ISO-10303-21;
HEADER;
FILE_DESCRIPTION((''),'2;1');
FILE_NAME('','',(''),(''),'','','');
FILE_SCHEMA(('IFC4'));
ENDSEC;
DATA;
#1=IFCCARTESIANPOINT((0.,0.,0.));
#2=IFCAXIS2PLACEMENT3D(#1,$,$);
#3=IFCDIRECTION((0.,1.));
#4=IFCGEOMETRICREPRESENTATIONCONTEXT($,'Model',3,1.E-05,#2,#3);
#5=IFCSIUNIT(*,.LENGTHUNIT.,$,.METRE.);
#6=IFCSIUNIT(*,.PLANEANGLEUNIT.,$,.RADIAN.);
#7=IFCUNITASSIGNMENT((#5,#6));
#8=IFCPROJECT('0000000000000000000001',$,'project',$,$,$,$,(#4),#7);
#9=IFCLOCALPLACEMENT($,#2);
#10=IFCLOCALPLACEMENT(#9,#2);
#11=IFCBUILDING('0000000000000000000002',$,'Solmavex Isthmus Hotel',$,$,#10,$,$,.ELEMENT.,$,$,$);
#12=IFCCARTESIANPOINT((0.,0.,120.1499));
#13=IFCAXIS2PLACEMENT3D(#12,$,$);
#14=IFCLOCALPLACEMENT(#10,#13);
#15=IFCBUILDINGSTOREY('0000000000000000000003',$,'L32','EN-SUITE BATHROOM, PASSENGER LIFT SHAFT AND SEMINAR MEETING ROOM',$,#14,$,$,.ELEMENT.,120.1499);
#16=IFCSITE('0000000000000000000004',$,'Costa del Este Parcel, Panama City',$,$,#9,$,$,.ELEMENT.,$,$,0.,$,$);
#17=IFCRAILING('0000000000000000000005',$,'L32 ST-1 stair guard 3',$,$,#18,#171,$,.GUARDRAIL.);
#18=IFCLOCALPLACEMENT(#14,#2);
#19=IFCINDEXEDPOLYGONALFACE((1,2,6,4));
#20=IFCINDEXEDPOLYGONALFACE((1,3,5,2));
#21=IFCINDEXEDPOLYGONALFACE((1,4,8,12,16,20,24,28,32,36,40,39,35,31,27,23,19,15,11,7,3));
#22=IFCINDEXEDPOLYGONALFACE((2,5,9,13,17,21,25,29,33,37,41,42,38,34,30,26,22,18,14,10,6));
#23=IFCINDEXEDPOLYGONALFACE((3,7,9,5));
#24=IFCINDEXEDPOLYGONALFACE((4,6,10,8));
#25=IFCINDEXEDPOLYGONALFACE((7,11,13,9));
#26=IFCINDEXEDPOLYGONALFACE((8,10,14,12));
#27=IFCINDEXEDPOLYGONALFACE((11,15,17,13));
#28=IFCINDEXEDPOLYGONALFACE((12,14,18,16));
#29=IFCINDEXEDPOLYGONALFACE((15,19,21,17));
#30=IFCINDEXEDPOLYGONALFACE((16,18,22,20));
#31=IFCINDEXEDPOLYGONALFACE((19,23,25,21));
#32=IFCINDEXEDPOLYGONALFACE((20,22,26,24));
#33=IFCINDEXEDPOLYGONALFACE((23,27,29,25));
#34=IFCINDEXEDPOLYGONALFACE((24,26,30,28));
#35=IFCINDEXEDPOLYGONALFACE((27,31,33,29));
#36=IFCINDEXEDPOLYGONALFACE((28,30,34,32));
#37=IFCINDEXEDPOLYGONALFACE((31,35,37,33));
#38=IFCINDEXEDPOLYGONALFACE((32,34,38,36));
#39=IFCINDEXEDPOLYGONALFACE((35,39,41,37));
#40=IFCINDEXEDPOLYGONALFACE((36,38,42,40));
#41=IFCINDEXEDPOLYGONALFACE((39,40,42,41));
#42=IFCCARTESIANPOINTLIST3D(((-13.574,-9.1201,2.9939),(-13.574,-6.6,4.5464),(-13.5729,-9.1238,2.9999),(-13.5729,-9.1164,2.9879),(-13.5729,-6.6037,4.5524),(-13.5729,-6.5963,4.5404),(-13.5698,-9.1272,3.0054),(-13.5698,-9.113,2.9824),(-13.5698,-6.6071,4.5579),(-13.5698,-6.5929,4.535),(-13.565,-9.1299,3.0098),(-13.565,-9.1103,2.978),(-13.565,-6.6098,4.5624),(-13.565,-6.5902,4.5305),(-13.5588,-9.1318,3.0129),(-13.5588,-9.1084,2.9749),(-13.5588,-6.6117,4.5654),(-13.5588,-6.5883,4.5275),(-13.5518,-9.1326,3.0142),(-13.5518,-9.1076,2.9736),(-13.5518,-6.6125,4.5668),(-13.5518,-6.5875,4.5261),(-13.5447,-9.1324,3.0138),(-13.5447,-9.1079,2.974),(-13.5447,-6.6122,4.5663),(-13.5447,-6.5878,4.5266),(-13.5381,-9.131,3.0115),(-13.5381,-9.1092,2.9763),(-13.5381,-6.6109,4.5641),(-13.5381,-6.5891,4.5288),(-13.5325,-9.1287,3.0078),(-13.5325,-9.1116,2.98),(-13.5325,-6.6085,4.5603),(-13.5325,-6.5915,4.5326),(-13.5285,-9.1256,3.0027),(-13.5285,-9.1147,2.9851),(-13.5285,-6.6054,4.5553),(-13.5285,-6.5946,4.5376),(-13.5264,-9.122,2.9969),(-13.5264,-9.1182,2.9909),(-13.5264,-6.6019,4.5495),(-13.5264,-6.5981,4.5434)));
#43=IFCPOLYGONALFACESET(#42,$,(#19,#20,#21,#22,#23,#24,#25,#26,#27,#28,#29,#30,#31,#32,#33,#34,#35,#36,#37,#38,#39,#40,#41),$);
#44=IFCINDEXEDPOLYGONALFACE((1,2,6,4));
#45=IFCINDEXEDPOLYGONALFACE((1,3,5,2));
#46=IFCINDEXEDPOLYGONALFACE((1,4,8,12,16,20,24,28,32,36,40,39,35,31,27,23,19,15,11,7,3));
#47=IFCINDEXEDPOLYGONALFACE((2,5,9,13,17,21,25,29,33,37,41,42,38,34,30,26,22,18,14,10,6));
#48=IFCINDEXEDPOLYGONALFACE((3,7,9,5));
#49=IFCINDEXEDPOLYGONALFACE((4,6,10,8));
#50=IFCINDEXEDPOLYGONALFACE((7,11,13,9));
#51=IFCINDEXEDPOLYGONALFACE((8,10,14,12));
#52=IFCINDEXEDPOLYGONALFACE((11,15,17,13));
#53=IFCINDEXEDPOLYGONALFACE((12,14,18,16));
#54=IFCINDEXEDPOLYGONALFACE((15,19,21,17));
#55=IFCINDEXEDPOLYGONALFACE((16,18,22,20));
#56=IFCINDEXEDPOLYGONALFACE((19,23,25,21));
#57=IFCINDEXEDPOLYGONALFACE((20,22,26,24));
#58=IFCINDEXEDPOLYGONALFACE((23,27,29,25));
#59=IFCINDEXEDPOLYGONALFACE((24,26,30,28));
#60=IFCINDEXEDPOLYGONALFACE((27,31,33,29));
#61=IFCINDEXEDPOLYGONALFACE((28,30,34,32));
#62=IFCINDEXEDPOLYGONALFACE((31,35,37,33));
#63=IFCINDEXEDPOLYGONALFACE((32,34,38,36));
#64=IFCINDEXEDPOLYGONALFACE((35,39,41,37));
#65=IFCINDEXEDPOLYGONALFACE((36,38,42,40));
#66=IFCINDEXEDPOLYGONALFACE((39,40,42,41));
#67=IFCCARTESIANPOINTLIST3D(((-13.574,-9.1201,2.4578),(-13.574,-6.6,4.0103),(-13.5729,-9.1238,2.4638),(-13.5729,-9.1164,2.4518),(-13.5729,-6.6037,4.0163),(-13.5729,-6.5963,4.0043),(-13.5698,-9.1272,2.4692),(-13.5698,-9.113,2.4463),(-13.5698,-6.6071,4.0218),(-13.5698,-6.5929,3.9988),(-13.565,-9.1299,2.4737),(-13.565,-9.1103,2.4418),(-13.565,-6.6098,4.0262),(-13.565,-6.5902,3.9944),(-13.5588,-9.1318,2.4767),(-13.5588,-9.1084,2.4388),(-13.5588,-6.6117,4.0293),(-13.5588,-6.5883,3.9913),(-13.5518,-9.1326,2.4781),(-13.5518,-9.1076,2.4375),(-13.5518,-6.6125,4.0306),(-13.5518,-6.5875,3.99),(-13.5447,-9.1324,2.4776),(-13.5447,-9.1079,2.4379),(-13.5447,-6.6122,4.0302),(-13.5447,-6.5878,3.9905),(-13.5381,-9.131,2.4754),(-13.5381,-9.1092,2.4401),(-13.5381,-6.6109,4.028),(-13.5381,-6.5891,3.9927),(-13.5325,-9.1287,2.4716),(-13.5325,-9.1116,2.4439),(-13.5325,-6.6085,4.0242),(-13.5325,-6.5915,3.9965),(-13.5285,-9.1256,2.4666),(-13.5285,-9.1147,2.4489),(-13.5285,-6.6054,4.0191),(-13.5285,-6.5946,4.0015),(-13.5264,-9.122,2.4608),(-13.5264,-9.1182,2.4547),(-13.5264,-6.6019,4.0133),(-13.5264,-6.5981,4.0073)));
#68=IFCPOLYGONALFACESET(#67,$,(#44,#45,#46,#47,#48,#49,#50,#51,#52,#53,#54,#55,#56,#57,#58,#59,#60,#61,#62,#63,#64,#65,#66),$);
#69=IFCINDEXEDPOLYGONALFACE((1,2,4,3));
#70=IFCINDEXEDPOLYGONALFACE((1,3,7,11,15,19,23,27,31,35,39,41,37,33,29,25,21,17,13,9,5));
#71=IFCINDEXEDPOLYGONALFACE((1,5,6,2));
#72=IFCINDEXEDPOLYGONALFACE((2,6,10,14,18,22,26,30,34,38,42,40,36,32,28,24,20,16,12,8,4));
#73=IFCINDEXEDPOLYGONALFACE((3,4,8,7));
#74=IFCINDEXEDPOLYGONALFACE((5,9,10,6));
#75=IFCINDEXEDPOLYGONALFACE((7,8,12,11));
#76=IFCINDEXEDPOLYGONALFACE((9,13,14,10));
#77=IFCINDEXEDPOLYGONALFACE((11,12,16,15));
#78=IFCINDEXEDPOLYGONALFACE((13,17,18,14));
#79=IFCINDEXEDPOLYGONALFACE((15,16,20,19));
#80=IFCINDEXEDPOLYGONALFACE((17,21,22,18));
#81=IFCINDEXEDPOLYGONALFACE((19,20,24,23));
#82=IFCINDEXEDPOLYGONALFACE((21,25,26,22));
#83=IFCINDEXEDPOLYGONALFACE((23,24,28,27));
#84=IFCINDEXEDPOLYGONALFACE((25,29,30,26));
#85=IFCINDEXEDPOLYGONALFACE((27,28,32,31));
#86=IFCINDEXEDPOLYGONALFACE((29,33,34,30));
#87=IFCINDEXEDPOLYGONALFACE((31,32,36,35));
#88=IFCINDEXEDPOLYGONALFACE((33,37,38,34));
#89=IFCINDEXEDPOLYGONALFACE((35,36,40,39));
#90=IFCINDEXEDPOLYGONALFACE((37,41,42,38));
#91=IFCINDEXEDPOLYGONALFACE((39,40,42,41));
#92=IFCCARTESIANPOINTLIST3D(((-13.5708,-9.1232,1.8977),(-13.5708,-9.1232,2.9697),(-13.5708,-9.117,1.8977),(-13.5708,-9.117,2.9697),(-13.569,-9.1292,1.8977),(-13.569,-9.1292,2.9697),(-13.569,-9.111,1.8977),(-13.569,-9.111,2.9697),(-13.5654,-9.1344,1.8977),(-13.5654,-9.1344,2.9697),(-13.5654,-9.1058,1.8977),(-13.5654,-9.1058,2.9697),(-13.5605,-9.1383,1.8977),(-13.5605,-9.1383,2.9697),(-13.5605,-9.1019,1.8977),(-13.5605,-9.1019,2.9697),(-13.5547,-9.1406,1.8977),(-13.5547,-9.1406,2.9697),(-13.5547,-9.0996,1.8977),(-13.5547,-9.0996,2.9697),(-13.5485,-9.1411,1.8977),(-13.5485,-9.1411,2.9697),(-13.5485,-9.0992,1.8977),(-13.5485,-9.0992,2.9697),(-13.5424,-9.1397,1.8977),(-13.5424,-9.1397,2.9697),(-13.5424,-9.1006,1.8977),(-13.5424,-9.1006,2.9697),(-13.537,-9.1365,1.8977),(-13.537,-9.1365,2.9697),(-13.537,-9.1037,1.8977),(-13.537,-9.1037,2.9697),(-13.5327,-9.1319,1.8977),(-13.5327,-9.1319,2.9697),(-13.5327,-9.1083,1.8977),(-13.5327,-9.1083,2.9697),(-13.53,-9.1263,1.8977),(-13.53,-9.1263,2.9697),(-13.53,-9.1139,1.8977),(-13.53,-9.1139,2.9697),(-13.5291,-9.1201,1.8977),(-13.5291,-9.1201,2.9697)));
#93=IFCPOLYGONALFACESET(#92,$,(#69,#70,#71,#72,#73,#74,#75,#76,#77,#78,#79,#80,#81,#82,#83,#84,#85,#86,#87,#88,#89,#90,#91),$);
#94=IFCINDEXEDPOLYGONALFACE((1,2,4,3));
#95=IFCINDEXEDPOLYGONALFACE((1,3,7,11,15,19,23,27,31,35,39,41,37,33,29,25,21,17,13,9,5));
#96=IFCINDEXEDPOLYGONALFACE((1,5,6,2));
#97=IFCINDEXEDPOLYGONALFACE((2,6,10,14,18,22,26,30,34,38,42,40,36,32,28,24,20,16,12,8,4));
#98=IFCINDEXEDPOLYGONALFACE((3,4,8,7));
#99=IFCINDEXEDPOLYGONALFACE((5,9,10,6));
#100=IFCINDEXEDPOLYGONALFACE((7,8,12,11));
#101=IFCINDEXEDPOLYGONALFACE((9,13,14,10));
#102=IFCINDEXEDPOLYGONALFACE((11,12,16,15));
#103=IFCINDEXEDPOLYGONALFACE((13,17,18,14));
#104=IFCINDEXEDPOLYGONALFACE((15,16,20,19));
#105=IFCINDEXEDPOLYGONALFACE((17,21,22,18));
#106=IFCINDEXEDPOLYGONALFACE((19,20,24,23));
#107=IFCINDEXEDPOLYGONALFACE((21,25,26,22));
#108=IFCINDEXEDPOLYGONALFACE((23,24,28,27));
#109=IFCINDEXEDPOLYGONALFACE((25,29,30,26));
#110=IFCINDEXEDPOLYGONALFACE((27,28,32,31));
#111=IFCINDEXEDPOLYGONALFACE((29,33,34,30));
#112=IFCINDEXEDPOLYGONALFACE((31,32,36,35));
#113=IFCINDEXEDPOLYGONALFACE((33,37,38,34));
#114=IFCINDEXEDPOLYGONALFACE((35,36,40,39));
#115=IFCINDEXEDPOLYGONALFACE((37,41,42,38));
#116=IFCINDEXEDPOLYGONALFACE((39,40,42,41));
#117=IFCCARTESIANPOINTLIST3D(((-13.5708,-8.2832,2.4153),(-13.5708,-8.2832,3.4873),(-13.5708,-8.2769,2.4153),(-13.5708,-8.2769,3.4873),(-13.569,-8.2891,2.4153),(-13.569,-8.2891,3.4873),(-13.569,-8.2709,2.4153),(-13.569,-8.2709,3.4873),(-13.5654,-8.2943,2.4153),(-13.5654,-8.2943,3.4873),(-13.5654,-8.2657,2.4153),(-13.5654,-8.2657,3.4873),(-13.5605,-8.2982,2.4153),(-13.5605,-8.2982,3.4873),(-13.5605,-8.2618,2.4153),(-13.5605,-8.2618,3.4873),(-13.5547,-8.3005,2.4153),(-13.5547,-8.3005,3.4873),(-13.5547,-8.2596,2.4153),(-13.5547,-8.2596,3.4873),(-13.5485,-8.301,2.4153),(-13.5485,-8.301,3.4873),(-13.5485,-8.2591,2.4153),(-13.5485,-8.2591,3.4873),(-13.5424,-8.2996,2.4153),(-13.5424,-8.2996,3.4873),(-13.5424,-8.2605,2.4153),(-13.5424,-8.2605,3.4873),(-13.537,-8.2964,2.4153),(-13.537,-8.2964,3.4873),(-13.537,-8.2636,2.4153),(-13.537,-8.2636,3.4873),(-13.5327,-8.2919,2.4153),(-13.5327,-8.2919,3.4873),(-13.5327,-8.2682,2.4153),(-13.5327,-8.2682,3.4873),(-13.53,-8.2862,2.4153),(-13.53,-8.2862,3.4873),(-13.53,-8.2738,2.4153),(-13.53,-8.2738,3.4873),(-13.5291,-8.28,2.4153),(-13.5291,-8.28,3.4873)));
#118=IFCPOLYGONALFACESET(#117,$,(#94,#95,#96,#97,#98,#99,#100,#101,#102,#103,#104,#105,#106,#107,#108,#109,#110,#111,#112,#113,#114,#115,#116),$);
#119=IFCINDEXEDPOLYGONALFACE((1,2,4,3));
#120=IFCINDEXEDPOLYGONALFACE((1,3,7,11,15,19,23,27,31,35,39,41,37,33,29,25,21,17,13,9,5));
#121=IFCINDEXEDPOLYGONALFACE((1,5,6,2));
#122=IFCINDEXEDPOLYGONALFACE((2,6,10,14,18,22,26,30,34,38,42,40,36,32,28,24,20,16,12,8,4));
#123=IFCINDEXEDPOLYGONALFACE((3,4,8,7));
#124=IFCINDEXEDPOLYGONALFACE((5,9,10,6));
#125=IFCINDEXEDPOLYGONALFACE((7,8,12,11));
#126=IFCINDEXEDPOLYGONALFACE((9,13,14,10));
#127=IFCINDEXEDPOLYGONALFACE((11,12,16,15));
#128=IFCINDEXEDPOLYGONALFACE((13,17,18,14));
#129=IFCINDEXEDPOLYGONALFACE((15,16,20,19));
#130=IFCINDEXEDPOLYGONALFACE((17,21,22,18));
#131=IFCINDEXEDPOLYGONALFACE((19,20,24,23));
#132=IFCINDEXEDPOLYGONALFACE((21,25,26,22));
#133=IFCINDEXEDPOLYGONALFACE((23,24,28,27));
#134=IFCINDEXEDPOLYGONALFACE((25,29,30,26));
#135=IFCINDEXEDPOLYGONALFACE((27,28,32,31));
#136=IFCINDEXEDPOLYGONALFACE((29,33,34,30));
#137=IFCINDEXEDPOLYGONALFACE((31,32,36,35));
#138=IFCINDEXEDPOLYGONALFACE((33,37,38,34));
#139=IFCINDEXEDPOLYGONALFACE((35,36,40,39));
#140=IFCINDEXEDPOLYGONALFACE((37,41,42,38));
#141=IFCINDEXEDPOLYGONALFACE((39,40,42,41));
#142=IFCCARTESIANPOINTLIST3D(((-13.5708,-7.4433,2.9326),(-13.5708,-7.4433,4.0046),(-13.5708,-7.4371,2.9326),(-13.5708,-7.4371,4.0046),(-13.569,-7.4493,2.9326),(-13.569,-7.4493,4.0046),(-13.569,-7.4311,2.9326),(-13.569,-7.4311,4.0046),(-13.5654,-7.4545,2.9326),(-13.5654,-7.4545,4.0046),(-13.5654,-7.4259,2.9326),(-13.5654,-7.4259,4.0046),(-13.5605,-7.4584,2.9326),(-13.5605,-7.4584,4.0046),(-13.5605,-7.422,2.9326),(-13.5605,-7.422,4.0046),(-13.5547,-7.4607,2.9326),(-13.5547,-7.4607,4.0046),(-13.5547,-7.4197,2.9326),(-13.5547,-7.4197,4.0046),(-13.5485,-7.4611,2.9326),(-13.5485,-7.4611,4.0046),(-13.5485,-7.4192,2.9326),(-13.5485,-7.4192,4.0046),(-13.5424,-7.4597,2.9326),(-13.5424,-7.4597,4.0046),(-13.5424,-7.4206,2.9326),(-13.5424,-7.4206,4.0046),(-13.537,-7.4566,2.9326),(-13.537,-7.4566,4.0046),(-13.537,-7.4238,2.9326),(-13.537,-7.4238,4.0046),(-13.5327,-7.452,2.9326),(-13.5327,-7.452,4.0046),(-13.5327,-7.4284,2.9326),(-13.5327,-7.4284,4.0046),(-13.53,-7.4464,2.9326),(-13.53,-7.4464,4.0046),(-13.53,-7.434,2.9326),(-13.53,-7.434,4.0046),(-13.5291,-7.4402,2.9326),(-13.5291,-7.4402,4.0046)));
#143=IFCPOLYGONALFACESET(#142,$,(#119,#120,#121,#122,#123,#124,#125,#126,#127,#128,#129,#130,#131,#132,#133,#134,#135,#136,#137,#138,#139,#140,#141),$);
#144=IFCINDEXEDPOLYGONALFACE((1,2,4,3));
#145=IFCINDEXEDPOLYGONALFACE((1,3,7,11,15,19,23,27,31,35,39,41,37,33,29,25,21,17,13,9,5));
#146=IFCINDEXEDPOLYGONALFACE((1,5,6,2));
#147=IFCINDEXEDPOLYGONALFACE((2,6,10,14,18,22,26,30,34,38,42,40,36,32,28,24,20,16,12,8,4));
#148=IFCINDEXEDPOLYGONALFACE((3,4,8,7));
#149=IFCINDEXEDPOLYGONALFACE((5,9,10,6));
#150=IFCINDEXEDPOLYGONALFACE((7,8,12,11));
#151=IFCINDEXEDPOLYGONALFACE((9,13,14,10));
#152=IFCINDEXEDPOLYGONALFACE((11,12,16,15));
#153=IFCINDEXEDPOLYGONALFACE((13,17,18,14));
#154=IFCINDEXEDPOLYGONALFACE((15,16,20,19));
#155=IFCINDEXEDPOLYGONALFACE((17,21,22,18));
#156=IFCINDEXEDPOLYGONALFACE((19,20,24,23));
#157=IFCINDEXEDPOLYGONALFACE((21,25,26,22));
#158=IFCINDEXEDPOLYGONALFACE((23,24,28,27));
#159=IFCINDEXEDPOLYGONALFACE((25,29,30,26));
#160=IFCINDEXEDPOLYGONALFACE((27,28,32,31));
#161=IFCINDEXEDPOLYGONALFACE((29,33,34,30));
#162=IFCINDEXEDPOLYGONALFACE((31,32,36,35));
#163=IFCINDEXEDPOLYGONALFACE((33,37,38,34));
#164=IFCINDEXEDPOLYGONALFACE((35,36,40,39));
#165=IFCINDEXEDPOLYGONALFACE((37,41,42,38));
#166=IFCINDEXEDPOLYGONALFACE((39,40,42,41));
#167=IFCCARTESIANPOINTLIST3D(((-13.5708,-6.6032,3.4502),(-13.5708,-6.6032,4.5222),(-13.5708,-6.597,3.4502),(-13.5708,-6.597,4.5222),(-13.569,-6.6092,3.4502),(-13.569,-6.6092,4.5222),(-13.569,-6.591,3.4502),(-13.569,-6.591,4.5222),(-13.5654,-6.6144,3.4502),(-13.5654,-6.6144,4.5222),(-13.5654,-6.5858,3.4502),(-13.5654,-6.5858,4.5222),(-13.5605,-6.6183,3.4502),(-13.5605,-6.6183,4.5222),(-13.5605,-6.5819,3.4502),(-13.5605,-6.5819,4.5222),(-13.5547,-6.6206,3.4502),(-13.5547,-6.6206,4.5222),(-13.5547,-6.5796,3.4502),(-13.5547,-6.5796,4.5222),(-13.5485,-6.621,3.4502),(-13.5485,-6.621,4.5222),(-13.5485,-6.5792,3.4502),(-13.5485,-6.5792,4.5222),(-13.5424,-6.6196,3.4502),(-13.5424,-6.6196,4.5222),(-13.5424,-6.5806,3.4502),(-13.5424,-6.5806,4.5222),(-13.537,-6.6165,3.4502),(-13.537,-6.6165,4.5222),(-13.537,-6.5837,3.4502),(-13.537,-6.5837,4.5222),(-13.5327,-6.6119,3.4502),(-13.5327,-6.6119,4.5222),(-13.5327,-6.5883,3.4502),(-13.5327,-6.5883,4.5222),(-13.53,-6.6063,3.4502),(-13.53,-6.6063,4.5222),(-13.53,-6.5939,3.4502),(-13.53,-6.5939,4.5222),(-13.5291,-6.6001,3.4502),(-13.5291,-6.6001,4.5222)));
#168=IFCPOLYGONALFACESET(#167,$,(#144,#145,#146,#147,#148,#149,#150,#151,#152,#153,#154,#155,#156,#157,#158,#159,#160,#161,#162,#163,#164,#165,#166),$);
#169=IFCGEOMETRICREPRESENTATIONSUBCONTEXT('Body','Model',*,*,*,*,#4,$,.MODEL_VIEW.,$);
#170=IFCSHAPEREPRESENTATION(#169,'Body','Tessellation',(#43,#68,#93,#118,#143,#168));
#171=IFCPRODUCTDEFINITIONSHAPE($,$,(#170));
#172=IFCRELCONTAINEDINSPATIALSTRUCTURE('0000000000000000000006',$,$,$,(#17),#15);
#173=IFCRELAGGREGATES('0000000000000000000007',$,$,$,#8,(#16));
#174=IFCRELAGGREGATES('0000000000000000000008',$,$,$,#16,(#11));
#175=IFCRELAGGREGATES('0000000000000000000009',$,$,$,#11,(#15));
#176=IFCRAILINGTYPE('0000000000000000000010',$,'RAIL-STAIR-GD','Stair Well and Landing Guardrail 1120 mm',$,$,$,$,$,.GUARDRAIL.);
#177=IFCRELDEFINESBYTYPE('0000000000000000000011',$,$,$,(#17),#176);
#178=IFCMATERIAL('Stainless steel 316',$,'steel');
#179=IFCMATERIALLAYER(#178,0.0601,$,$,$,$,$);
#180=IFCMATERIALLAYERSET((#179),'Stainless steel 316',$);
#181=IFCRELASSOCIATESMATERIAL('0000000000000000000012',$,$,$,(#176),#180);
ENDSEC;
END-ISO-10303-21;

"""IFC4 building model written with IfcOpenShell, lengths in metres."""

from ifc_helpers import new_model, si_unit, direction, frame, origin, origin_2d, place, context, subcontext, project, spatial, circle, extrude, material, layer, layer_set, type_object, element, save


model = new_model("IFC4")

# Units and contexts
model_context = context("Model", 3, precision=1e-05, world=origin(), true_north=direction((0.0, 1.0)))
body_context = subcontext(model_context, "Body", "Model", "MODEL_VIEW")
ifc_project = project(units=[si_unit("LENGTHUNIT", "METRE"), si_unit("PLANEANGLEUNIT", "RADIAN")], contexts=[model_context])

# Site, building, storey
site_placement = place(None, origin())
site = spatial("IfcSite", under=ifc_project, at=site_placement, Name="Costa del Este Parcel, Panama City", CompositionType="ELEMENT", RefElevation=0.0)
building_placement = place(site_placement, origin())
building = spatial("IfcBuilding", under=site, at=building_placement, Name="Solmavex Isthmus Hotel", CompositionType="ELEMENT")
storey_placement = place(building_placement, frame((0.0, 0.0, 120.1499)))
storey = spatial("IfcBuildingStorey", under=building, at=storey_placement, Name="L32", Description="EN-SUITE BATHROOM, PASSENGER LIFT SHAFT AND SEMINAR MEETING ROOM", CompositionType="ELEMENT", Elevation=120.1499)

# Railing
ifc_material_1 = material(Name="Stainless steel 316", Category="steel")
ifc_layer_1 = layer(ifc_material_1, 0.0601)
ifc_layer_set_1 = layer_set([ifc_layer_1], Name="Stainless steel 316")
railing_type_1 = type_object("IfcRailingType", Name="RAIL-STAIR-GD", Description="Stair Well and Landing Guardrail 1120 mm", PredefinedType="GUARDRAIL", material=ifc_layer_set_1)
railing_1_placement = place(storey_placement, frame((-13.55, -9.1201, 1.8977)))
element("IfcRailing", 1, at=railing_1_placement, inside=storey, type_object=railing_type_1, Name="L32 ST-1 stair guard 3", PredefinedType="GUARDRAIL", context=body_context, shape_type="SweptSolid", body=[
    extrude(circle(Radius=0.0239, at=origin_2d()), frame((0.0, 0.0, 1.0962), z_axis=(0.0, 0.8514, 0.524516), x_axis=(-1.0, 0.0, 0.0)), (0.0, 0.0, 1.0), 2.96),
    extrude(circle(Radius=0.0239, at=origin_2d()), frame((0.0, 0.0, 0.5601), z_axis=(0.0, 0.8514, 0.524516), x_axis=(-1.0, 0.0, 0.0)), (0.0, 0.0, 1.0), 2.96),
    extrude(circle(Radius=0.021, at=origin_2d()), origin(), (0.0, 0.0, 1.0), 1.072),
    extrude(circle(Radius=0.021, at=origin_2d()), frame((0.0, 0.8401, 0.5176)), (0.0, 0.0, 1.0), 1.072),
    extrude(circle(Radius=0.021, at=origin_2d()), frame((0.0, 1.6799, 1.0349)), (0.0, 0.0, 1.0), 1.072),
    extrude(circle(Radius=0.021, at=origin_2d()), frame((0.0, 2.52, 1.5525)), (0.0, 0.0, 1.0), 1.072),
])

save(model, "model.ifc")
